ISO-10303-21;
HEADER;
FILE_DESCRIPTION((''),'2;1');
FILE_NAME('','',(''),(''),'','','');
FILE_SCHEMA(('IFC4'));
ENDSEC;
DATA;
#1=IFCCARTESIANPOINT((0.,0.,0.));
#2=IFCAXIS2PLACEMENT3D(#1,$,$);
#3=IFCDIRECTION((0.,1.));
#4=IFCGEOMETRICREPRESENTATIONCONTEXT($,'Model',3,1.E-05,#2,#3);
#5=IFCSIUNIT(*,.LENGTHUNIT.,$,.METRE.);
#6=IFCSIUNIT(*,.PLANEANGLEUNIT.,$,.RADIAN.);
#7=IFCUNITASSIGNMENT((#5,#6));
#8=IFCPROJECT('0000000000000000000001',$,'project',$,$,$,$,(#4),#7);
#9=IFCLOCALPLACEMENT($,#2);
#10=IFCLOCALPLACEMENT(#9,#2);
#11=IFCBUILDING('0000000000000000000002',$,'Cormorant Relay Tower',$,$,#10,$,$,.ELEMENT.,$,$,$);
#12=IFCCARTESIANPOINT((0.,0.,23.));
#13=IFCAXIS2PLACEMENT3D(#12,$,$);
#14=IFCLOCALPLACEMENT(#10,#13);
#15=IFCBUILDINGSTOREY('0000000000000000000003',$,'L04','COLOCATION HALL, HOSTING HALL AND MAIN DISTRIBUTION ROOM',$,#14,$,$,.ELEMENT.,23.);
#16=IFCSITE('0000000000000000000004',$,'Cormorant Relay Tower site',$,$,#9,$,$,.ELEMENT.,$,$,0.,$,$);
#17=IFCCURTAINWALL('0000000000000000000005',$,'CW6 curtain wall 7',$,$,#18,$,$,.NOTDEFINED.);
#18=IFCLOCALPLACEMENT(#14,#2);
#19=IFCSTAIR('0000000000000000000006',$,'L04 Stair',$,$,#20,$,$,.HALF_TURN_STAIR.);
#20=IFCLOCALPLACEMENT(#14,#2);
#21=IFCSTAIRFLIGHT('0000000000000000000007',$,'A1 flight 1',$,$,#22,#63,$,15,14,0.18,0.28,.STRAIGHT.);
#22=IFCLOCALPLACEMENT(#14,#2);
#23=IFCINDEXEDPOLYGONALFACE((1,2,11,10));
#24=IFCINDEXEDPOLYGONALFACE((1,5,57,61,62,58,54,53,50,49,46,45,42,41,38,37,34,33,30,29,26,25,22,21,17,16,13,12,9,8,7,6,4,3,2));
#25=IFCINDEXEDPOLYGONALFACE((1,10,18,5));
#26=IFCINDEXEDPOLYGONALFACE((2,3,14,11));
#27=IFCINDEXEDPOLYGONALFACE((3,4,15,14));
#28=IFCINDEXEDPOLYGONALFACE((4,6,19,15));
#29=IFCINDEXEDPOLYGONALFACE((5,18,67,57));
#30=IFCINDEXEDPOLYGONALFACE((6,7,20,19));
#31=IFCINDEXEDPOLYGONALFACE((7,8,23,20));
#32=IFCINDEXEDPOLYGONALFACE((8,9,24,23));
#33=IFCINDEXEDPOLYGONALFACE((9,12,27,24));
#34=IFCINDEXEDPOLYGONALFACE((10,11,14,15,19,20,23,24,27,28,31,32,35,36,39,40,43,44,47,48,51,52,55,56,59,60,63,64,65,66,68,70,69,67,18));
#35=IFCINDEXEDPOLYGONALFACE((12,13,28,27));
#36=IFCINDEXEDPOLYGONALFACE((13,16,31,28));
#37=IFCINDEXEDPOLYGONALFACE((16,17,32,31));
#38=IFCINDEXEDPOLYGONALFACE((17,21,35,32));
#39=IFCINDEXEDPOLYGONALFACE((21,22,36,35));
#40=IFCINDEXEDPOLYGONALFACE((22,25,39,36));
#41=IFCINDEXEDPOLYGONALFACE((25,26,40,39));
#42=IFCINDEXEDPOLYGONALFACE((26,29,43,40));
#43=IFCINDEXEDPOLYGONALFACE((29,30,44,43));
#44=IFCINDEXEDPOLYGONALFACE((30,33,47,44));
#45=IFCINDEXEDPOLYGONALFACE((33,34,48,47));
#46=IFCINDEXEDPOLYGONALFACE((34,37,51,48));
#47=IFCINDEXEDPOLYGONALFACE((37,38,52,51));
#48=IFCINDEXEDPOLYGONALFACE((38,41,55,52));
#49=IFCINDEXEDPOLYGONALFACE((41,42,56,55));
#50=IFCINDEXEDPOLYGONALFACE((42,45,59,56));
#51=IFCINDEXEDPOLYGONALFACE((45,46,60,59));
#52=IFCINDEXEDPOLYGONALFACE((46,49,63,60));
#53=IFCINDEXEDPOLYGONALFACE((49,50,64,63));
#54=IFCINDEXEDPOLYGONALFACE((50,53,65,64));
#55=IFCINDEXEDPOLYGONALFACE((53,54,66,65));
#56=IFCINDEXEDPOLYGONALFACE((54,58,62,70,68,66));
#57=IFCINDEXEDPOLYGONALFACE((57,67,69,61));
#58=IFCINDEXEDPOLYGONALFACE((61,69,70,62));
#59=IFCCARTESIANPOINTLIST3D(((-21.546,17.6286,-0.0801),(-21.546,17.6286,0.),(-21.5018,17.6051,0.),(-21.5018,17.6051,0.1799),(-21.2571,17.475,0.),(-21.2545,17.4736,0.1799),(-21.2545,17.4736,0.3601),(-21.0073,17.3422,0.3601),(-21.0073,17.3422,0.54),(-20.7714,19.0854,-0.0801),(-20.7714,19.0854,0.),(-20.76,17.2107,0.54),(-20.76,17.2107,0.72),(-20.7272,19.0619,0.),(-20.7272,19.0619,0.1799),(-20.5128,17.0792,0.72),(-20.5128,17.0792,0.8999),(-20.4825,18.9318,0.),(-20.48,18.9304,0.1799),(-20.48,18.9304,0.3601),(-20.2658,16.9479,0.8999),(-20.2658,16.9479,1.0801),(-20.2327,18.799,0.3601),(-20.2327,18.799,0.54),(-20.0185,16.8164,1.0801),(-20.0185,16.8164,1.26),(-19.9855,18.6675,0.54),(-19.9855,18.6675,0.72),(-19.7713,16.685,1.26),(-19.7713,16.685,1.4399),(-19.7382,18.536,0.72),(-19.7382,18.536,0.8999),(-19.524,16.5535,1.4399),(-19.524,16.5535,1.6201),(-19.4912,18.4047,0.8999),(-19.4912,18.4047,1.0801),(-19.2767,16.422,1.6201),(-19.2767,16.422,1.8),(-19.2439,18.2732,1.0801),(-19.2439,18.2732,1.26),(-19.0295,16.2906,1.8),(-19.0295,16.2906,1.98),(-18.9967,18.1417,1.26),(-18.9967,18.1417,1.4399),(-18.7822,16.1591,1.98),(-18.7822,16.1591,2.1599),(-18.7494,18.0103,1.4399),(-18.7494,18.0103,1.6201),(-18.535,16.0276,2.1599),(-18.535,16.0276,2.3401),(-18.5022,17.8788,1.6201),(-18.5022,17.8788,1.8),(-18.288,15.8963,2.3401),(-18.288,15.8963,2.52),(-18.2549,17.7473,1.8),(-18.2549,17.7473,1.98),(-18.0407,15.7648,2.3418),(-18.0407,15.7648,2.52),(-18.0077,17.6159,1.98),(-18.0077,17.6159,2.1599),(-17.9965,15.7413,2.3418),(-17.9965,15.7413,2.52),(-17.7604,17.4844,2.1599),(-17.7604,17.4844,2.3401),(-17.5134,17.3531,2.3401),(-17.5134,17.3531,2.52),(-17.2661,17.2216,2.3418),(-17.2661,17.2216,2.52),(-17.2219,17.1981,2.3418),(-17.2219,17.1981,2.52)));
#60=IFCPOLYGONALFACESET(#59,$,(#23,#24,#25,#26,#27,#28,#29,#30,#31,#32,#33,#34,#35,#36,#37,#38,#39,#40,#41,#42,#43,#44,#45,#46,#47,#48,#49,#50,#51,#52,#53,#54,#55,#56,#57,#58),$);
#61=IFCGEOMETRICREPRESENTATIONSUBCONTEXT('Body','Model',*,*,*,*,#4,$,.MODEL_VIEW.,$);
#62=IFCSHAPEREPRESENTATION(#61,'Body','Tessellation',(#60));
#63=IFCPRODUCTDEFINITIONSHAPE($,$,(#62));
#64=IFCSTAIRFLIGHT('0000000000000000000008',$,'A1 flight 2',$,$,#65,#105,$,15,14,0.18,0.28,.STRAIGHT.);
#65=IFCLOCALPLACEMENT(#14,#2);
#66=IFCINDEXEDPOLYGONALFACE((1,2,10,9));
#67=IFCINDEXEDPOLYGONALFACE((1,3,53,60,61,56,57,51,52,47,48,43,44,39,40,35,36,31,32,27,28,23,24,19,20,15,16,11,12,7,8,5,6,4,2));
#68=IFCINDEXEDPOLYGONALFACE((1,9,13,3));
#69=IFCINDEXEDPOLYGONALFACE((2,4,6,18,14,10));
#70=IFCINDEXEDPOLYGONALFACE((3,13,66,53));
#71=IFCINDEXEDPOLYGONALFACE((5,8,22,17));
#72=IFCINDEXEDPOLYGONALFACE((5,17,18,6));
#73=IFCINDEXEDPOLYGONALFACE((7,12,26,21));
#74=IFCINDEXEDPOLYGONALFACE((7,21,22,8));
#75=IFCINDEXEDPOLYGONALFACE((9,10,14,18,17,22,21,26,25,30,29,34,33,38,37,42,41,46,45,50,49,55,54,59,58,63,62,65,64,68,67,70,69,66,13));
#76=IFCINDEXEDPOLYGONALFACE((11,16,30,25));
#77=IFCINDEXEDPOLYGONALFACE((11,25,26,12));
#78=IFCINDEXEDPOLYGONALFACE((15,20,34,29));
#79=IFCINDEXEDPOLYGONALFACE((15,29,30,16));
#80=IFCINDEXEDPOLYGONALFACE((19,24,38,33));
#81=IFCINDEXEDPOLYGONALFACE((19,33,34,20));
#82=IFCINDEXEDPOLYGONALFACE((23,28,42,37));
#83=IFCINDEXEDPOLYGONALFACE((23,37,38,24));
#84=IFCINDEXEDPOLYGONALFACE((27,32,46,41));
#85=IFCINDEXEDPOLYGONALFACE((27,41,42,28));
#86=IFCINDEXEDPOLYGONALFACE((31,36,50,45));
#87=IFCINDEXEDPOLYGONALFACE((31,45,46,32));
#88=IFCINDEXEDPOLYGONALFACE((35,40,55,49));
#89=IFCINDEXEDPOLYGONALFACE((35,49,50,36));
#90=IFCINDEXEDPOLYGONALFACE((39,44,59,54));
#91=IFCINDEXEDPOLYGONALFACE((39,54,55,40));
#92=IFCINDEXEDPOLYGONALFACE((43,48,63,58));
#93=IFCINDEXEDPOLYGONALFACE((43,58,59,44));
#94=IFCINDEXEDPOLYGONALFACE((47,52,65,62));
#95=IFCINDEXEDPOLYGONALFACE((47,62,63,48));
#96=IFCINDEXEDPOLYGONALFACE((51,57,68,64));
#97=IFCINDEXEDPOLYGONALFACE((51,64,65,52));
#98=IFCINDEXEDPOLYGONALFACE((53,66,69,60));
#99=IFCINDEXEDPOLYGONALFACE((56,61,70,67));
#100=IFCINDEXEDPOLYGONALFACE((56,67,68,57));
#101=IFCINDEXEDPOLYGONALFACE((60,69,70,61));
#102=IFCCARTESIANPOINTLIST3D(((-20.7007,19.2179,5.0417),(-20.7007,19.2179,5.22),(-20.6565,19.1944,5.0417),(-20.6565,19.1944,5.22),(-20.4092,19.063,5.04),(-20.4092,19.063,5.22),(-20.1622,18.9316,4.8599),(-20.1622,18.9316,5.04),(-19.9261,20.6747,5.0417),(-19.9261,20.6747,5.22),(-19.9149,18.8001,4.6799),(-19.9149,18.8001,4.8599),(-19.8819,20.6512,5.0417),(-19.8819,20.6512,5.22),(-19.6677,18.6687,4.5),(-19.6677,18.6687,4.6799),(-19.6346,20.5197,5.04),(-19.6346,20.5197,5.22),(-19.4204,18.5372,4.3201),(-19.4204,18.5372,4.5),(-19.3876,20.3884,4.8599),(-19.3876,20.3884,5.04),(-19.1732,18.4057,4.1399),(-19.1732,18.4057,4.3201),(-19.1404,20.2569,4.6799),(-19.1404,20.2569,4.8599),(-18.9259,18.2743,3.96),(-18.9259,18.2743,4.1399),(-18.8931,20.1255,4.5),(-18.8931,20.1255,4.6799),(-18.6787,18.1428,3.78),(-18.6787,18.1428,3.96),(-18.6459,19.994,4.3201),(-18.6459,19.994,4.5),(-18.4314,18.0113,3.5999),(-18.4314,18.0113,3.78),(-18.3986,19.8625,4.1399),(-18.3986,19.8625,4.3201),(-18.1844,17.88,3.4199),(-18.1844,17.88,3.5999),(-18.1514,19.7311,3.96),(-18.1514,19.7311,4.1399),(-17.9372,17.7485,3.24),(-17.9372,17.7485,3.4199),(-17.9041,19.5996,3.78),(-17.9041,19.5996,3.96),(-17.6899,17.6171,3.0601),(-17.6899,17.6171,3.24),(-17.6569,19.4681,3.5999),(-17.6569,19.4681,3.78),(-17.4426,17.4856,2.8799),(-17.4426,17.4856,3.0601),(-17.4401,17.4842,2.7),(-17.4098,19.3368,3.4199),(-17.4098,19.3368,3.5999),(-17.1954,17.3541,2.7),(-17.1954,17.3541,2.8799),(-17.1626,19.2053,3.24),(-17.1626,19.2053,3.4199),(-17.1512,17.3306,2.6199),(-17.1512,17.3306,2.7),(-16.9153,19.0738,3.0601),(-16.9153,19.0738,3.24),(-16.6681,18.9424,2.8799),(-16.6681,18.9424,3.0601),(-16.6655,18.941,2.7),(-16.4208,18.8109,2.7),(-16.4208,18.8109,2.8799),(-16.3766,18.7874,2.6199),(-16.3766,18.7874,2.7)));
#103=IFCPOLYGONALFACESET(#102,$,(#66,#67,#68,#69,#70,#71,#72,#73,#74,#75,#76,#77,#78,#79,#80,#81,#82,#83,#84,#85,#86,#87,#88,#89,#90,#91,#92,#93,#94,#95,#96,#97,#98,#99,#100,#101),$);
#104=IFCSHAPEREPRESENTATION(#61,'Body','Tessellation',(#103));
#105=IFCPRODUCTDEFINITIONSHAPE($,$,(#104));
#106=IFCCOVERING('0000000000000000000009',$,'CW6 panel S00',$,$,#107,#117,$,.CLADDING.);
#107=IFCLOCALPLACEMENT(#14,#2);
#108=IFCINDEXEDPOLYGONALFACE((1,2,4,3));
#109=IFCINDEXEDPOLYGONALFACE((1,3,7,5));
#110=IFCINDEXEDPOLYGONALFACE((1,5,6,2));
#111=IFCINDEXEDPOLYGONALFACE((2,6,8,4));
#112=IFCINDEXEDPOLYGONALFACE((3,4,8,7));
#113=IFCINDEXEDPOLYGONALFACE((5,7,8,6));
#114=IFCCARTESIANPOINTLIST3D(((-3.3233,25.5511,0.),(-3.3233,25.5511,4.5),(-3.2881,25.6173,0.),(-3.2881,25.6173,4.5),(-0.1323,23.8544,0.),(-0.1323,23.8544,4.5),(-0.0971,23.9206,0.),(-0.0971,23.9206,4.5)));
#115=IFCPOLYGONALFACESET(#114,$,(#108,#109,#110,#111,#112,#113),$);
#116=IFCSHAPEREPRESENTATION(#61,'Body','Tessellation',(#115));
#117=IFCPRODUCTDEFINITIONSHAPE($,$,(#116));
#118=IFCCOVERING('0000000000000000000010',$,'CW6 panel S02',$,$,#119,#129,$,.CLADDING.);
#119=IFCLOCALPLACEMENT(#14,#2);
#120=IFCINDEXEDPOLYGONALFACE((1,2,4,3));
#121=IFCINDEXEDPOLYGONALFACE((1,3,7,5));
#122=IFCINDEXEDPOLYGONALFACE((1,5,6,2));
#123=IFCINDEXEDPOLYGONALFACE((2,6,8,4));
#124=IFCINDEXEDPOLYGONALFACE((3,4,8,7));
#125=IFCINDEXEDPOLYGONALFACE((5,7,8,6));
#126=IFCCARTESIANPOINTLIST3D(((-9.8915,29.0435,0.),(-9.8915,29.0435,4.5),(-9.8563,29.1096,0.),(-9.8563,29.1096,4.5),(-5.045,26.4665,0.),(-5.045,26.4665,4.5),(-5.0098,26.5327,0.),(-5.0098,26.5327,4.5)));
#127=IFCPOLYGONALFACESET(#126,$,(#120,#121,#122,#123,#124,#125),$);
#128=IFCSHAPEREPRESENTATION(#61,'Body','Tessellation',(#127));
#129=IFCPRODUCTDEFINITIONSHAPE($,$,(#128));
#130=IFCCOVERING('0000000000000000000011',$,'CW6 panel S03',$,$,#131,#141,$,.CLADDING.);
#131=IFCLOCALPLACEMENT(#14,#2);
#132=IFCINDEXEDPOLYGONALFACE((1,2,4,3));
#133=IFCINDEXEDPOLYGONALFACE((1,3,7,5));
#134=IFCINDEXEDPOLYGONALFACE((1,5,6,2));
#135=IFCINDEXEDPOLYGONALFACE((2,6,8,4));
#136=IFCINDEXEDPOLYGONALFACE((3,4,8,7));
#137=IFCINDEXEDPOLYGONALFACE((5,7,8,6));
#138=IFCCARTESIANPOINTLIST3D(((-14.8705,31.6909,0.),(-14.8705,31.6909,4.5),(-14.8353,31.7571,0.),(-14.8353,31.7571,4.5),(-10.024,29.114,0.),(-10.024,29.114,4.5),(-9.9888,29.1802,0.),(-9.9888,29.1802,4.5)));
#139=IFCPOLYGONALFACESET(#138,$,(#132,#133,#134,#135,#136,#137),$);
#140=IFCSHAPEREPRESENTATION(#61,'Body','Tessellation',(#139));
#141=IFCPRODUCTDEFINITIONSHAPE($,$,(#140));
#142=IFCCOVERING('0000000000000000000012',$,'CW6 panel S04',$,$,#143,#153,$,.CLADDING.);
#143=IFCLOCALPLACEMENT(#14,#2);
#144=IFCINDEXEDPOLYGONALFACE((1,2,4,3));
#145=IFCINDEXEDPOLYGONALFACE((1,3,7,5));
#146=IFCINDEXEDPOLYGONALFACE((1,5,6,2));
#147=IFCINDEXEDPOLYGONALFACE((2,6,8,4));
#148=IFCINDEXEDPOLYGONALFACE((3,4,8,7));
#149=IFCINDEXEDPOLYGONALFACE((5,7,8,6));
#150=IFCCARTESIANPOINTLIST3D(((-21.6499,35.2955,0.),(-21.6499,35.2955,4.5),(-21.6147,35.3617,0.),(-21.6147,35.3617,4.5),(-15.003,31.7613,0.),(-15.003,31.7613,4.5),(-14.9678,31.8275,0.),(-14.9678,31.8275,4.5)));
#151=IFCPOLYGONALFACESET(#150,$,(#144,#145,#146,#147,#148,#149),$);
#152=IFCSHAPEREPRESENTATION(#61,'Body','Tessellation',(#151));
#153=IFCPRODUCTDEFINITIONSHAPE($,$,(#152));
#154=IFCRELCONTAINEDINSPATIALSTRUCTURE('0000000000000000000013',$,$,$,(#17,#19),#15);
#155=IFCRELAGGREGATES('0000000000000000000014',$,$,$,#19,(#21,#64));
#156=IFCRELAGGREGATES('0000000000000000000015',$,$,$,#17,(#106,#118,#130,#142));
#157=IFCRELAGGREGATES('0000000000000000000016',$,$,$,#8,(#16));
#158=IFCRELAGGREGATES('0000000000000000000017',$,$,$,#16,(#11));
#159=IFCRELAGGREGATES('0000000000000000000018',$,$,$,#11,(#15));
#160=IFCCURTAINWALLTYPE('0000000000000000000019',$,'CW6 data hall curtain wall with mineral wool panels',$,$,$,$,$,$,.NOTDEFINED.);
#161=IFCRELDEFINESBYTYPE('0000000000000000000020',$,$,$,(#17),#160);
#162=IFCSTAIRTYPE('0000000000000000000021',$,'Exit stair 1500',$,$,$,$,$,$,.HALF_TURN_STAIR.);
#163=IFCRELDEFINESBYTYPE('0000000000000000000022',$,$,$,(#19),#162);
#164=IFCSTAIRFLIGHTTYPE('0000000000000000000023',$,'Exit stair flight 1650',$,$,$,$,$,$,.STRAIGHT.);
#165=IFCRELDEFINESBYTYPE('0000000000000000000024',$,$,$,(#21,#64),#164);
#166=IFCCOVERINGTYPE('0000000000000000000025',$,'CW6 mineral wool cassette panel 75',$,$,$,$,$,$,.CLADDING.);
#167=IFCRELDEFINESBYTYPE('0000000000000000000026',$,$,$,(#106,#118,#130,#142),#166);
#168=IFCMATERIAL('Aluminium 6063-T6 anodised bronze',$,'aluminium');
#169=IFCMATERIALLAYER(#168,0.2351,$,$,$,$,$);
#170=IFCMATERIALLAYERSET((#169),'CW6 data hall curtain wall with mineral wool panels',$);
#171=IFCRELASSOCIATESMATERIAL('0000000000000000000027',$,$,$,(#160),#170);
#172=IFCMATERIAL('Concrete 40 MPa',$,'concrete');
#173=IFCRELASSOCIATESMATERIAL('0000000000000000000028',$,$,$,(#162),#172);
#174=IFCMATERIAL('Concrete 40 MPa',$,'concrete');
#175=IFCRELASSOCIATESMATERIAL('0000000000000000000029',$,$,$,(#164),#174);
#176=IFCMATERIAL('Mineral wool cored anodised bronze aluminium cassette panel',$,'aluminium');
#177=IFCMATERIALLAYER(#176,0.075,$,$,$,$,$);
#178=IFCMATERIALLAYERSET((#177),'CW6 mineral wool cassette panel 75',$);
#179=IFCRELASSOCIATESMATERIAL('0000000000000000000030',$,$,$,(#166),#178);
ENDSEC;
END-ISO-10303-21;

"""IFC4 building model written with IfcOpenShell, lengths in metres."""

from ifc_helpers import new_model, si_unit, direction, frame, origin, origin_2d, place, context, subcontext, project, spatial, polyline, rectangle, outline, extrude, material, layer, layer_set, type_object, element, aggregate, save


model = new_model("IFC4")

# Units and contexts
model_context = context("Model", 3, precision=1e-05, world=origin(), true_north=direction((0.0, 1.0)))
body_context = subcontext(model_context, "Body", "Model", "MODEL_VIEW")
ifc_project = project(units=[si_unit("LENGTHUNIT", "METRE"), si_unit("PLANEANGLEUNIT", "RADIAN")], contexts=[model_context])

# Site, building, storey
site_placement = place(None, origin())
site = spatial("IfcSite", under=ifc_project, at=site_placement, Name="Cormorant Relay Tower site", CompositionType="ELEMENT", RefElevation=0.0)
building_placement = place(site_placement, origin())
building = spatial("IfcBuilding", under=site, at=building_placement, Name="Cormorant Relay Tower", CompositionType="ELEMENT")
storey_placement = place(building_placement, frame((0.0, 0.0, 23.0)))
storey = spatial("IfcBuildingStorey", under=building, at=storey_placement, Name="L04", Description="COLOCATION HALL, HOSTING HALL AND MAIN DISTRIBUTION ROOM", CompositionType="ELEMENT", Elevation=23.0)

# Curtain wall
ifc_material_1 = material(Name="Aluminium 6063-T6 anodised bronze", Category="aluminium")
ifc_layer_1 = layer(ifc_material_1, 0.2351)
ifc_layer_set_1 = layer_set([ifc_layer_1], Name="CW6 data hall curtain wall with mineral wool panels")
curtain_wall_type = type_object("IfcCurtainWallType", Name="CW6 data hall curtain wall with mineral wool panels", PredefinedType="NOTDEFINED", material=ifc_layer_set_1)
curtain_wall_placement = place(storey_placement, origin())
curtain_wall = element("IfcCurtainWall", 1, at=curtain_wall_placement, inside=storey, type_object=curtain_wall_type, Name="CW6 curtain wall 7", PredefinedType="NOTDEFINED")

# Stair, stair flights
ifc_material_2 = material(Name="Concrete 40 MPa", Category="concrete")
stair_type = type_object("IfcStairType", Name="Exit stair 1500", PredefinedType="HALF_TURN_STAIR", material=ifc_material_2)
stair_placement = place(storey_placement, origin())
stair = element("IfcStair", 2, at=stair_placement, inside=storey, type_object=stair_type, Name="L04 Stair", PredefinedType="HALF_TURN_STAIR")
ifc_material_3 = material(Name="Concrete 40 MPa", Category="concrete")
stair_flight_type = type_object("IfcStairFlightType", Name="Exit stair flight 1650", PredefinedType="STRAIGHT", material=ifc_material_3)
stair_flight_1_placement = place(storey_placement, frame((-21.1145, 18.3335, 0.0), z_axis=(0.0, 0.0, 1.0), x_axis=(0.882948, -0.469472, 0.0)))
stair_flight_1 = element("IfcStairFlight", 3, at=stair_flight_1_placement, type_object=stair_flight_type, Name="A1 flight 1", NumberOfRisers=15, NumberOfTreads=14, PredefinedType="STRAIGHT", RiserHeight=0.18, TreadLength=0.28, context=body_context, shape_type="SweptSolid", body=[
    extrude(outline(polyline([(-0.05, -0.0801), (-0.05, 0.0), (0.0, 0.0), (0.0, 0.1799), (0.28, 0.1799), (0.28, 0.3601), (0.5601, 0.3601), (0.5601, 0.54), (0.8401, 0.54), (0.8401, 0.72), (1.1201, 0.72), (1.1201, 0.8999), (1.3999, 0.8999), (1.3999, 1.0801), (1.6799, 1.0801), (1.6799, 1.26), (1.96, 1.26), (1.96, 1.4399), (2.24, 1.4399), (2.24, 1.6201), (2.52, 1.6201), (2.52, 1.8), (2.8, 1.8), (2.8, 1.98), (3.0801, 1.98), (3.0801, 2.1599), (3.3601, 2.1599), (3.3601, 2.3401), (3.6399, 2.3401), (3.6399, 2.52), (3.9199, 2.52), (3.97, 2.52), (3.97, 2.3418), (3.9199, 2.3418), (0.2771, 0.0), (-0.05, -0.0801)])), frame((0.0, 0.825, 0.0), z_axis=(0.0, -1.0, 0.0), x_axis=(1.0, 0.0, 0.0)), (0.0, 0.0, 1.0), 1.6499),
])
stair_flight_2_placement = place(storey_placement, frame((-16.8081, 18.0825, 2.7), z_axis=(0.0, 0.0, 1.0), x_axis=(-0.882948, 0.469472, 0.0)))
stair_flight_2 = element("IfcStairFlight", 4, at=stair_flight_2_placement, type_object=stair_flight_type, Name="A1 flight 2", NumberOfRisers=15, NumberOfTreads=14, PredefinedType="STRAIGHT", RiserHeight=0.18, TreadLength=0.28, context=body_context, shape_type="SweptSolid", body=[
    extrude(outline(polyline([(-0.05, -0.0801), (-0.05, 0.0), (0.0, 0.0), (0.0, 0.1799), (0.28, 0.1799), (0.28, 0.3601), (0.5601, 0.3601), (0.5601, 0.54), (0.8401, 0.54), (0.8401, 0.72), (1.1201, 0.72), (1.1201, 0.8999), (1.3999, 0.8999), (1.3999, 1.0801), (1.6799, 1.0801), (1.6799, 1.26), (1.96, 1.26), (1.96, 1.4399), (2.24, 1.4399), (2.24, 1.6201), (2.52, 1.6201), (2.52, 1.8), (2.8, 1.8), (2.8, 1.98), (3.0801, 1.98), (3.0801, 2.1599), (3.3601, 2.1599), (3.3601, 2.3401), (3.6399, 2.3401), (3.6399, 2.52), (3.9199, 2.52), (3.97, 2.52), (3.97, 2.3418), (3.9199, 2.3418), (0.2771, 0.0), (-0.05, -0.0801)])), frame((0.0, 0.825, 0.0), z_axis=(0.0, -1.0, 0.0), x_axis=(1.0, 0.0, 0.0)), (0.0, 0.0, 1.0), 1.6499),
])
aggregate(stair, [stair_flight_1, stair_flight_2])

# Coverings
ifc_material_4 = material(Name="Mineral wool cored anodised bronze aluminium cassette panel", Category="aluminium")
ifc_layer_2 = layer(ifc_material_4, 0.075)
ifc_layer_set_2 = layer_set([ifc_layer_2], Name="CW6 mineral wool cassette panel 75")
covering_type = type_object("IfcCoveringType", Name="CW6 mineral wool cassette panel 75", PredefinedType="CLADDING", material=ifc_layer_set_2)
covering_1_placement = place(storey_placement, frame((-1.7102, 24.7358, 0.0), z_axis=(0.0, 0.0, 1.0), x_axis=(-0.882948, 0.469472, 0.0)))
covering_1 = element("IfcCovering", 5, at=covering_1_placement, type_object=covering_type, Name="CW6 panel S00", PredefinedType="CLADDING", context=body_context, shape_type="SweptSolid", body=[
    extrude(rectangle(XDim=3.614, YDim=0.075, at=origin_2d()), origin(), (0.0, 0.0, 1.0), 4.5),
])
covering_2_placement = place(storey_placement, frame((-7.4507, 27.7881, 0.0), z_axis=(0.0, 0.0, 1.0), x_axis=(-0.882948, 0.469472, 0.0)))
covering_2 = element("IfcCovering", 6, at=covering_2_placement, type_object=covering_type, Name="CW6 panel S02", PredefinedType="CLADDING", context=body_context, shape_type="SweptSolid", body=[
    extrude(rectangle(XDim=5.489, YDim=0.075, at=origin_2d()), origin(), (0.0, 0.0, 1.0), 4.5),
])
covering_3_placement = place(storey_placement, frame((-12.4297, 30.4355, 0.0), z_axis=(0.0, 0.0, 1.0), x_axis=(-0.882948, 0.469472, 0.0)))
covering_3 = element("IfcCovering", 7, at=covering_3_placement, type_object=covering_type, Name="CW6 panel S03", PredefinedType="CLADDING", context=body_context, shape_type="SweptSolid", body=[
    extrude(rectangle(XDim=5.489, YDim=0.075, at=origin_2d()), origin(), (0.0, 0.0, 1.0), 4.5),
])
covering_4_placement = place(storey_placement, frame((-18.3088, 33.5615, 0.0), z_axis=(0.0, 0.0, 1.0), x_axis=(-0.882948, 0.469472, 0.0)))
covering_4 = element("IfcCovering", 8, at=covering_4_placement, type_object=covering_type, Name="CW6 panel S04", PredefinedType="CLADDING", context=body_context, shape_type="SweptSolid", body=[
    extrude(rectangle(XDim=7.5281, YDim=0.075, at=origin_2d()), origin(), (0.0, 0.0, 1.0), 4.5),
])
aggregate(curtain_wall, [covering_1, covering_2, covering_3, covering_4])

save(model, "model.ifc")
